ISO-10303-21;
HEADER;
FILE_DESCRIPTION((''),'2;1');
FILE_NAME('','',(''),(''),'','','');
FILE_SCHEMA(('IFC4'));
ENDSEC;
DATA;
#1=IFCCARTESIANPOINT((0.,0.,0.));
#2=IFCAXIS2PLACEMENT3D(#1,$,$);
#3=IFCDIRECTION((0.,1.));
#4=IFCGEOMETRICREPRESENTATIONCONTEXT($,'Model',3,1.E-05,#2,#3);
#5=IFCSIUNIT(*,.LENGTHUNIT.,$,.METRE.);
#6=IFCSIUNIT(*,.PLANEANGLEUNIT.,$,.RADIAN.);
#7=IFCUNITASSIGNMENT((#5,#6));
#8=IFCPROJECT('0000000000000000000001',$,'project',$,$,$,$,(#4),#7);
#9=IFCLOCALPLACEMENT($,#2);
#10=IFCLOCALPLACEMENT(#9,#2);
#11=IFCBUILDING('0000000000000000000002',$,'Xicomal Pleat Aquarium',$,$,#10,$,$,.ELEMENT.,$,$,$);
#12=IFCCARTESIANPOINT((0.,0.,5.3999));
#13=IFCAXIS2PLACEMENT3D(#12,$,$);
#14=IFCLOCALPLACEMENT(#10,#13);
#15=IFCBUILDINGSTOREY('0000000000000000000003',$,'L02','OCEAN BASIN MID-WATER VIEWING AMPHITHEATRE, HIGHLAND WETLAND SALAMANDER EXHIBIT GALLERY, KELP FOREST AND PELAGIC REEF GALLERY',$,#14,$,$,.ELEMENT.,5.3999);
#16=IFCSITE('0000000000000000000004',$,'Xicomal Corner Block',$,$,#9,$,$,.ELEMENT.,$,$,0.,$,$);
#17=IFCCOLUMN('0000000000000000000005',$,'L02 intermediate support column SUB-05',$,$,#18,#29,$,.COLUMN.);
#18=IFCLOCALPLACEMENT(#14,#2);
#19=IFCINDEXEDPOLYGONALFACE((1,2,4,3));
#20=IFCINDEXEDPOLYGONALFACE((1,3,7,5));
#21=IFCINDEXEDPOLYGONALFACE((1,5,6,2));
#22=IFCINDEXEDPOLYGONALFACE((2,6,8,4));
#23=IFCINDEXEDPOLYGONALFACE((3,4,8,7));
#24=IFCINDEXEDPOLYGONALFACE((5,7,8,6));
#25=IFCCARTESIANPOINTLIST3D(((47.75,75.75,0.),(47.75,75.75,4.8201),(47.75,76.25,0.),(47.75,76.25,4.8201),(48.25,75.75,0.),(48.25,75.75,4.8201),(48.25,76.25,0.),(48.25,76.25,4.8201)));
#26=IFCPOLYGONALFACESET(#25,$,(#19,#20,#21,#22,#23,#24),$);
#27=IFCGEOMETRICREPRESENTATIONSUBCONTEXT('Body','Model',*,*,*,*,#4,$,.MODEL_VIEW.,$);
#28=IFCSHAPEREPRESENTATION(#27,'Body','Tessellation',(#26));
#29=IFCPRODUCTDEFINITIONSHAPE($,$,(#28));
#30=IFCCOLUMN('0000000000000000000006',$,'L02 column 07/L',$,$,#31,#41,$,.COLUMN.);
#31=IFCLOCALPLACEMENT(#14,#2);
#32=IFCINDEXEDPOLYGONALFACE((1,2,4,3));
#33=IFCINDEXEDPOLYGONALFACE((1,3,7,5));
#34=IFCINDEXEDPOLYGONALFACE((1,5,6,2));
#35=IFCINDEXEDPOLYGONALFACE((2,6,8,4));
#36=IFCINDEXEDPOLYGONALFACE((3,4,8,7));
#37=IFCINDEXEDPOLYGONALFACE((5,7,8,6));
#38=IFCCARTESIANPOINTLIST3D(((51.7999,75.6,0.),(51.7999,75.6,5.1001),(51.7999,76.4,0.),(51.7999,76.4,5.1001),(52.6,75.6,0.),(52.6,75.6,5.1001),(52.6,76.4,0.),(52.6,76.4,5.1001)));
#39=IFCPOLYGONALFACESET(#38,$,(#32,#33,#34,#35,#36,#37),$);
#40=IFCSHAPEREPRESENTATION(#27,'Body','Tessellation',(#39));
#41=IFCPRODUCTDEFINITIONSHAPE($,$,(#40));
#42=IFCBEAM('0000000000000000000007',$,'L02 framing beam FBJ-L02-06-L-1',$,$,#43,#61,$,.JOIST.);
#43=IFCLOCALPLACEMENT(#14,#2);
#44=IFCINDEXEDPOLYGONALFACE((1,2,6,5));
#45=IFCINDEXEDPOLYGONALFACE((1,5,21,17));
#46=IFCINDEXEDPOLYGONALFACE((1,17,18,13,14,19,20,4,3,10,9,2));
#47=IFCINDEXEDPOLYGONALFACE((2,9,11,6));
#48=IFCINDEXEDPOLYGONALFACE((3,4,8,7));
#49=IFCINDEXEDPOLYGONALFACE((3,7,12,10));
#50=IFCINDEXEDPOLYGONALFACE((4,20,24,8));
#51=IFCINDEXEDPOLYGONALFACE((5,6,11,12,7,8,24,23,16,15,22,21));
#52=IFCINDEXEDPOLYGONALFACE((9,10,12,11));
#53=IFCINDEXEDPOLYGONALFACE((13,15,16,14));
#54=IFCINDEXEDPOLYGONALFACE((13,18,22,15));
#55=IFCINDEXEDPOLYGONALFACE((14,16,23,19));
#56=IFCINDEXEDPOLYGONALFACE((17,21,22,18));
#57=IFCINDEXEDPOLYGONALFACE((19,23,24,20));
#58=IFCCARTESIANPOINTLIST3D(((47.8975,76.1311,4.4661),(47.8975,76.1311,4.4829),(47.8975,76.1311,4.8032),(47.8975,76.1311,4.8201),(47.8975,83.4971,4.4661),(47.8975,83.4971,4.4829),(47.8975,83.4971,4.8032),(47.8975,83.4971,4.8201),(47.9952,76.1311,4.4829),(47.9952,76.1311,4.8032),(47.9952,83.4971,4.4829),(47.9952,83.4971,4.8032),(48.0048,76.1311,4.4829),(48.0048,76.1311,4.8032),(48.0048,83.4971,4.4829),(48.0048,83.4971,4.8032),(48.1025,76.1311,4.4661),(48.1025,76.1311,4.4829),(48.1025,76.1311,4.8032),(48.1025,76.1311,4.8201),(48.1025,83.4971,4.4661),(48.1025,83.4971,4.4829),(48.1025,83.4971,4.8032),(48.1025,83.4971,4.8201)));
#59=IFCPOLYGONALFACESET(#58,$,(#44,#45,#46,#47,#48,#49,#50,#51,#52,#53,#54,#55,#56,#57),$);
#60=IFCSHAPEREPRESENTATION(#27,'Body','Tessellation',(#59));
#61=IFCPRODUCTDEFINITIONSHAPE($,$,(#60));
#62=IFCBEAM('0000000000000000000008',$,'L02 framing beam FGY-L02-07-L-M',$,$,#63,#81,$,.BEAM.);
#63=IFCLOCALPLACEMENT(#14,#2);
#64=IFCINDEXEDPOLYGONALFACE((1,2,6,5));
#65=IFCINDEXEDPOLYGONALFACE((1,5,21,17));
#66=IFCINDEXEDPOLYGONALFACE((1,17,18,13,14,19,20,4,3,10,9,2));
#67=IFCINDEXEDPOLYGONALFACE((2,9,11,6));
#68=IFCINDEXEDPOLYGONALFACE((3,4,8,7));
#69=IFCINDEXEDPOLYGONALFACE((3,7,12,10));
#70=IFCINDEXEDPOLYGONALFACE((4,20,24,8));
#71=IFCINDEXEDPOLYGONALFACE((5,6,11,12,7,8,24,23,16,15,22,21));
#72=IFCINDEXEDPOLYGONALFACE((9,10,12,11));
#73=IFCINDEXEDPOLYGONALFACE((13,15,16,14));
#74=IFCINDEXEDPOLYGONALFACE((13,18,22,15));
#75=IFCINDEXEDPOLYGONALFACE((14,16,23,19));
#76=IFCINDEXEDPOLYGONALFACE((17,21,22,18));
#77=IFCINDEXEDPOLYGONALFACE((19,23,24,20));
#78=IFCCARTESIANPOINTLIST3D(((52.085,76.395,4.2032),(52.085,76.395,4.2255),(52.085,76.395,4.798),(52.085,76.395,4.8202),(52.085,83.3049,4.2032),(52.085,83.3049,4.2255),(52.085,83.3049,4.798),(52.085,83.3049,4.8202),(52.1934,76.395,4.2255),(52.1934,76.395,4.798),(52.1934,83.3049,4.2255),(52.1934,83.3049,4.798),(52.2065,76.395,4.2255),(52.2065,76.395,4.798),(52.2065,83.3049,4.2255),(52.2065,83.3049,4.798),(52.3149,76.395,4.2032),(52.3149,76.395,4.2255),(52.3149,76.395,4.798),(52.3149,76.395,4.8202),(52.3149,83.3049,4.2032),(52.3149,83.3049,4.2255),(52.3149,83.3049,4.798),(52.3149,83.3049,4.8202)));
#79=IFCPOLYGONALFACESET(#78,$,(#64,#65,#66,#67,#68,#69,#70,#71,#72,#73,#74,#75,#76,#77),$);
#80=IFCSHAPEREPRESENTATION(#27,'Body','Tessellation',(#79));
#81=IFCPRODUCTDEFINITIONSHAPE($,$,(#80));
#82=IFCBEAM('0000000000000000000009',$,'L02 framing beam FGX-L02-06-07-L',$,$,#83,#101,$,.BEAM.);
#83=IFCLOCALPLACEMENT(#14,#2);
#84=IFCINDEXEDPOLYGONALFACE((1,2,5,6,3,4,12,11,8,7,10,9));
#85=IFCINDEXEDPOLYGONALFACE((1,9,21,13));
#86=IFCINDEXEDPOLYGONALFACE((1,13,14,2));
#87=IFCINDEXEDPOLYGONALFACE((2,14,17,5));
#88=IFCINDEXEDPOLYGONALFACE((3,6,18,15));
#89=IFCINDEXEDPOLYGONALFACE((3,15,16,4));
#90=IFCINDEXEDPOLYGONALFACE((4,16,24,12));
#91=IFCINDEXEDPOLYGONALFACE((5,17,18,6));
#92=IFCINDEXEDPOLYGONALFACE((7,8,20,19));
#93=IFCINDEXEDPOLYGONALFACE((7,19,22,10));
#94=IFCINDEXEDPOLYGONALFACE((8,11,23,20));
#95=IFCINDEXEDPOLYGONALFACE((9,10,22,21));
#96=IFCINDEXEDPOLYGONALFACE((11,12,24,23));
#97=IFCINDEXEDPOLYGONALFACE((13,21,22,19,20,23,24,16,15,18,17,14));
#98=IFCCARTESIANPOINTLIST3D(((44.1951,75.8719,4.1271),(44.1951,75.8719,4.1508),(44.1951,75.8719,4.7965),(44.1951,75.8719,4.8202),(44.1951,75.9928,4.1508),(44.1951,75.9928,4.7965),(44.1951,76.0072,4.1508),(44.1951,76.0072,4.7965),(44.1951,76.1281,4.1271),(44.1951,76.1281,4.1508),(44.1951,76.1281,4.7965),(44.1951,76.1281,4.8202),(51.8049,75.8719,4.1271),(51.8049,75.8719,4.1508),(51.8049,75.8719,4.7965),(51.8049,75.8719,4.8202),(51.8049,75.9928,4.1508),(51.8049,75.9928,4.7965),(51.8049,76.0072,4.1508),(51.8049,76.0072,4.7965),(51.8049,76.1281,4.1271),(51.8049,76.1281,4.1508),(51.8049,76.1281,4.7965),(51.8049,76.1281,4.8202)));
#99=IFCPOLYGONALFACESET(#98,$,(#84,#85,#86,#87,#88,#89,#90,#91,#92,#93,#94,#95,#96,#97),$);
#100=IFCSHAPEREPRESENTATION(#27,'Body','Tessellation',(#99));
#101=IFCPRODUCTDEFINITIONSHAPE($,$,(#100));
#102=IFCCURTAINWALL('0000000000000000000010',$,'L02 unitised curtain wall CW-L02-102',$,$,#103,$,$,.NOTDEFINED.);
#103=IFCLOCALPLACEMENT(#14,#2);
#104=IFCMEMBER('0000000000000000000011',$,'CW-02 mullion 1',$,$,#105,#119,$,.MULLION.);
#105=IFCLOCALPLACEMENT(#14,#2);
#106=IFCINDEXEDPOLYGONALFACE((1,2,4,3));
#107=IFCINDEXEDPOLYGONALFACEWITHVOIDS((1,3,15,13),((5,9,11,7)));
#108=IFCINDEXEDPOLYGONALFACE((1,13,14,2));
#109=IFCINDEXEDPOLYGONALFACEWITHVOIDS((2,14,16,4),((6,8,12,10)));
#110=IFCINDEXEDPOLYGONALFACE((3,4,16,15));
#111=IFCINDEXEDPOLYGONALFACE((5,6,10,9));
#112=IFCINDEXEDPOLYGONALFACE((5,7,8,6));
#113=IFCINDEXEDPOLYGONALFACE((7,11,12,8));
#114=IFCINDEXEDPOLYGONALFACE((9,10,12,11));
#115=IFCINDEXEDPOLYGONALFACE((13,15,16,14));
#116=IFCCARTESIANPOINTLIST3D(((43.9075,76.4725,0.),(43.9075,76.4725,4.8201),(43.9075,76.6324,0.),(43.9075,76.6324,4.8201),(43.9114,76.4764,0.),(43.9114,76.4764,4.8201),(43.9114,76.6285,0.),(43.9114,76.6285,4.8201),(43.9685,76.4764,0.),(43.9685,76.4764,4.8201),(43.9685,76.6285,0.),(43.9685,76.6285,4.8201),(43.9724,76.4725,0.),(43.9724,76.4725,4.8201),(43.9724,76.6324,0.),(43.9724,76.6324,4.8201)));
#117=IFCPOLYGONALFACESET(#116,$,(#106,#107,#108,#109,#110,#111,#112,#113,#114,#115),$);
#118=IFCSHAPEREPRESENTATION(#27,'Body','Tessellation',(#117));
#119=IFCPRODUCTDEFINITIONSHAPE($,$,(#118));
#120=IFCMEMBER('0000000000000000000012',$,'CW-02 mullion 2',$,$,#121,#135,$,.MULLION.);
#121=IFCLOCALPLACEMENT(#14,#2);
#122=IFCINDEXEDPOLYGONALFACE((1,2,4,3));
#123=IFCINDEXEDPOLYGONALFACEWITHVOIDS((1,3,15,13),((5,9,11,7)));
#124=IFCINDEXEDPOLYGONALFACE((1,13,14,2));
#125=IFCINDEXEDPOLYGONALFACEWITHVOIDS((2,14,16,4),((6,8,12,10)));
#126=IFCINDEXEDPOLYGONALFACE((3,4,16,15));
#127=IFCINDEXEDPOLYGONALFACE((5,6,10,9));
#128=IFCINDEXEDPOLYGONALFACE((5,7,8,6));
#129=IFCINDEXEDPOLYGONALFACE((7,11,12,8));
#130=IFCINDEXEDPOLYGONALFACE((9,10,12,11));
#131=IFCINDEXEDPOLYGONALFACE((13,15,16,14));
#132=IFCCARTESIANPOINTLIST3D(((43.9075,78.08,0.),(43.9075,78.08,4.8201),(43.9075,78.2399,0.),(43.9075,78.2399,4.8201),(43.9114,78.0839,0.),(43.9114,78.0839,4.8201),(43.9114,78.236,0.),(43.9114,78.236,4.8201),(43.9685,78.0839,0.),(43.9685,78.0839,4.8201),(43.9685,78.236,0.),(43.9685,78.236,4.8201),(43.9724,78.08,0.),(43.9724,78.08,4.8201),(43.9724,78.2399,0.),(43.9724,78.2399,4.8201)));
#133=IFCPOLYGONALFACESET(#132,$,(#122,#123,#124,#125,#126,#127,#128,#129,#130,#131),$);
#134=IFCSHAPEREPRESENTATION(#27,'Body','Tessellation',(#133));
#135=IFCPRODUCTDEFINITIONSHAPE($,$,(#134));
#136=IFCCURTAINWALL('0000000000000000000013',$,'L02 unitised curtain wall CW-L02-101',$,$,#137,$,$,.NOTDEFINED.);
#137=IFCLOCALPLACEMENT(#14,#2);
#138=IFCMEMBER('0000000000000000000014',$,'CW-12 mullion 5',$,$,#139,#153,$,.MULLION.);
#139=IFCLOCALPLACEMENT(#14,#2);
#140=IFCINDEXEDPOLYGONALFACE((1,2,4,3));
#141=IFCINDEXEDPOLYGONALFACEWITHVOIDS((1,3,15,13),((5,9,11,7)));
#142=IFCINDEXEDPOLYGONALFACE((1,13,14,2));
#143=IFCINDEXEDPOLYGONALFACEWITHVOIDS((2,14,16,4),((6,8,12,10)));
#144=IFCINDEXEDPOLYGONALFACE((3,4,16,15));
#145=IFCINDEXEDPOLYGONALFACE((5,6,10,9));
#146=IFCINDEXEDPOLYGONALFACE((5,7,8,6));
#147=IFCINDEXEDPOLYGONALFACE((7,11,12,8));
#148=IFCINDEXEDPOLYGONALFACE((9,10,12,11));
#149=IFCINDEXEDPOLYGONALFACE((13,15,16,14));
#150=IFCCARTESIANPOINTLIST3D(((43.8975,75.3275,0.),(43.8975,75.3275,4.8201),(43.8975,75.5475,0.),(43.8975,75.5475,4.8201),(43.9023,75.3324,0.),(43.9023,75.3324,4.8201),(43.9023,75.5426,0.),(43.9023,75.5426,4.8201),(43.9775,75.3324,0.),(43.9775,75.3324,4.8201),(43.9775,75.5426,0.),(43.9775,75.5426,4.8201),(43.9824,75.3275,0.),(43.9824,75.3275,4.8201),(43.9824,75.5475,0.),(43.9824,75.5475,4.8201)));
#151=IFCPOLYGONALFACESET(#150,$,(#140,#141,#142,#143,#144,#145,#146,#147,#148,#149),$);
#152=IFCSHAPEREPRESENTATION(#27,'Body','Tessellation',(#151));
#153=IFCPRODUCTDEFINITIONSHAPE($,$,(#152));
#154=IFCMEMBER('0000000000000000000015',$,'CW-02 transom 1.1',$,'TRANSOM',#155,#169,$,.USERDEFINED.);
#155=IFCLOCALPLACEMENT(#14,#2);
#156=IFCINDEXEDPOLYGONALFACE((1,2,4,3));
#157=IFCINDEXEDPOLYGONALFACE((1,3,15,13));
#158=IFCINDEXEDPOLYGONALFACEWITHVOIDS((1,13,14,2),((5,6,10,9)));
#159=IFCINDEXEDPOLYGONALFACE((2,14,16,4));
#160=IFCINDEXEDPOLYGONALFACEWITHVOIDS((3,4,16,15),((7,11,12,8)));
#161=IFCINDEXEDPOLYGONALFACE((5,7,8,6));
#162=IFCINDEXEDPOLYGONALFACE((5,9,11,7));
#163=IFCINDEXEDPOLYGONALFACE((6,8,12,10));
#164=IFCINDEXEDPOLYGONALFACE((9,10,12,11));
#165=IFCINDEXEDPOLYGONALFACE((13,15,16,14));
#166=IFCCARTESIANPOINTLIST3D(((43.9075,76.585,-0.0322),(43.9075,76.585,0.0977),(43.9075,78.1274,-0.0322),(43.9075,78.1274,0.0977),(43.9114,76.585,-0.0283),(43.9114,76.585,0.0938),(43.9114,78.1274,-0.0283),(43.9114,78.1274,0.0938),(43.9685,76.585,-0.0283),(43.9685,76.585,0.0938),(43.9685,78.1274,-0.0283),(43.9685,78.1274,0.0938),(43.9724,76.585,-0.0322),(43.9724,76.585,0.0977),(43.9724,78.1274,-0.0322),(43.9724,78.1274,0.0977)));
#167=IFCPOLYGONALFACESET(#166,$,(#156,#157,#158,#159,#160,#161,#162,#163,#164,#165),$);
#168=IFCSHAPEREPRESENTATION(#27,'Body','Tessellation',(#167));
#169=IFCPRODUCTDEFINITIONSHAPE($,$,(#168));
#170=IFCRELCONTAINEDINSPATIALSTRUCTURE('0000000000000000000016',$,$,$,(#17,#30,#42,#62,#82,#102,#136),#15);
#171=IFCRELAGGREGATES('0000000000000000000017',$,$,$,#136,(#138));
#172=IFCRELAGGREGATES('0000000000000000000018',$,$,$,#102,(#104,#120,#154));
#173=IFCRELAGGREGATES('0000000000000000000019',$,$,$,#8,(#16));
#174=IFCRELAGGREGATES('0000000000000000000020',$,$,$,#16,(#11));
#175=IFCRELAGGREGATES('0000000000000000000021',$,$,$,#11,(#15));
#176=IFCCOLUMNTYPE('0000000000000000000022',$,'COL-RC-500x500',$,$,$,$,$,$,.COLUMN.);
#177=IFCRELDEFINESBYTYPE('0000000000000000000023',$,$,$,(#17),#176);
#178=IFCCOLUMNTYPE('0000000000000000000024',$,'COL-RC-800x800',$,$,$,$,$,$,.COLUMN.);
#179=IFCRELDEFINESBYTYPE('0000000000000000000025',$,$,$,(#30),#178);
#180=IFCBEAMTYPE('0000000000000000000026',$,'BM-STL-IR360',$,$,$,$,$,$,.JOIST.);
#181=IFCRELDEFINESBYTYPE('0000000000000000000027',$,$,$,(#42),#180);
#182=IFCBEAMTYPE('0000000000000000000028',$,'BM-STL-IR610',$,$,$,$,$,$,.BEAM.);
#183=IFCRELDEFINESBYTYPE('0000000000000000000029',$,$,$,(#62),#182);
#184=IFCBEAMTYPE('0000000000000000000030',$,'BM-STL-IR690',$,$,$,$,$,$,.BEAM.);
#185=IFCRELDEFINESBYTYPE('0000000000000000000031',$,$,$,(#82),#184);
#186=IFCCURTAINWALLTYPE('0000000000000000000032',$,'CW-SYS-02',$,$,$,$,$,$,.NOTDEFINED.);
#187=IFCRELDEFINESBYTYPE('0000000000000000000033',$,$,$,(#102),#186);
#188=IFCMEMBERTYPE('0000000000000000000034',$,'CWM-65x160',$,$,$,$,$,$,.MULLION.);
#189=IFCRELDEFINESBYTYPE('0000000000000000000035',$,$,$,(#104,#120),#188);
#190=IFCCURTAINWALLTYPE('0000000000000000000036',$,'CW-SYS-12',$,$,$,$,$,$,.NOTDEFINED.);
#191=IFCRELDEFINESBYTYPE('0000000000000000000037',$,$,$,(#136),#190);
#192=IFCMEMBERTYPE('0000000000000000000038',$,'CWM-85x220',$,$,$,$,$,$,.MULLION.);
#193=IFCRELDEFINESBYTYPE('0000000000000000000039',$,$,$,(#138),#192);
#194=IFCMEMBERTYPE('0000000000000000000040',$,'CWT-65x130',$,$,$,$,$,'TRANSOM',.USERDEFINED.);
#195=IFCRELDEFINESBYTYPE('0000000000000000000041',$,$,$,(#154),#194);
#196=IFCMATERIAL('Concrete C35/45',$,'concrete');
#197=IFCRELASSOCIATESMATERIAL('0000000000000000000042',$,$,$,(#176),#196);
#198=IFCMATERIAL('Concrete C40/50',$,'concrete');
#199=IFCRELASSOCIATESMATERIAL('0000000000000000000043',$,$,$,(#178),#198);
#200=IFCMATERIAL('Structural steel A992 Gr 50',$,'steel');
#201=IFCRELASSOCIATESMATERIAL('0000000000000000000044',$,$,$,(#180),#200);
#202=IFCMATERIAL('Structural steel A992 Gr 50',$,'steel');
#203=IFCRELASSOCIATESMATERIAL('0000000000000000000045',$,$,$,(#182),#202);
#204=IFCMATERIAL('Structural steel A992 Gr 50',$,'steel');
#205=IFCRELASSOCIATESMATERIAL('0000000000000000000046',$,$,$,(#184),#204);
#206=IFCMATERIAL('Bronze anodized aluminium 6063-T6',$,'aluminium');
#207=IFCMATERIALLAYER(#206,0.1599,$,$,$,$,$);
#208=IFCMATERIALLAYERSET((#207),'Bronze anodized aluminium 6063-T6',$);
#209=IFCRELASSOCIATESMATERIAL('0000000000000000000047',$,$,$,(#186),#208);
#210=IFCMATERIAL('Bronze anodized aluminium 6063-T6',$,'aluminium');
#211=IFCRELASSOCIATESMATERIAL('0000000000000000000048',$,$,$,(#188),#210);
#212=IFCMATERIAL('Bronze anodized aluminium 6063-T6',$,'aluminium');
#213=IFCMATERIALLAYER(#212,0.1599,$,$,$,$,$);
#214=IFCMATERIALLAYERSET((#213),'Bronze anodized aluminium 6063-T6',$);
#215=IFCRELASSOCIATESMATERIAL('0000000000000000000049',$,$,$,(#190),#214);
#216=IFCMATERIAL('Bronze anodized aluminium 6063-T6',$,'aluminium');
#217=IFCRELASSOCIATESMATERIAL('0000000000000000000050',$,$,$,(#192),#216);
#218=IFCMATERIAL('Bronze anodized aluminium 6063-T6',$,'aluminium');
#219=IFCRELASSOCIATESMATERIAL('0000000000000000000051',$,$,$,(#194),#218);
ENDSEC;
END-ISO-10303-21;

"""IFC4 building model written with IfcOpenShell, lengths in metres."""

from ifc_helpers import new_model, si_unit, direction, frame, origin, origin_2d, place, context, subcontext, project, spatial, rectangle, hollow_rectangle, i_section, extrude, material, layer, layer_set, material_profile, profile_set, type_object, element, aggregate, save


model = new_model("IFC4")

# Units and contexts
model_context = context("Model", 3, precision=1e-05, world=origin(), true_north=direction((0.0, 1.0)))
body_context = subcontext(model_context, "Body", "Model", "MODEL_VIEW")
ifc_project = project(units=[si_unit("LENGTHUNIT", "METRE"), si_unit("PLANEANGLEUNIT", "RADIAN")], contexts=[model_context])

# Site, building, storey
site_placement = place(None, origin())
site = spatial("IfcSite", under=ifc_project, at=site_placement, Name="Xicomal Corner Block", CompositionType="ELEMENT", RefElevation=0.0)
building_placement = place(site_placement, origin())
building = spatial("IfcBuilding", under=site, at=building_placement, Name="Xicomal Pleat Aquarium", CompositionType="ELEMENT")
storey_placement = place(building_placement, frame((0.0, 0.0, 5.3999)))
storey = spatial("IfcBuildingStorey", under=building, at=storey_placement, Name="L02", Description="OCEAN BASIN MID-WATER VIEWING AMPHITHEATRE, HIGHLAND WETLAND SALAMANDER EXHIBIT GALLERY, KELP FOREST AND PELAGIC REEF GALLERY", CompositionType="ELEMENT", Elevation=5.3999)

# Columns
ifc_material_1 = material(Name="Concrete C35/45", Category="concrete")
ifc_material_profile_1 = material_profile(ifc_material_1, rectangle(XDim=0.5, YDim=0.5, at=origin_2d()), Name="RC 500x500")
ifc_profile_set_1 = profile_set([ifc_material_profile_1], Name="Concrete C35/45")
column_type_1 = type_object("IfcColumnType", Name="COL-RC-500x500", PredefinedType="COLUMN", material=ifc_profile_set_1)
column_1_placement = place(storey_placement, frame((48.0, 76.0, 0.0), z_axis=(0.0, 0.0, 1.0), x_axis=(1.0, 0.0, 0.0)))
element("IfcColumn", 1, at=column_1_placement, inside=storey, type_object=column_type_1, Name="L02 intermediate support column SUB-05", PredefinedType="COLUMN", context=body_context, shape_type="SweptSolid", body=[
    extrude(rectangle(XDim=0.5, YDim=0.5, at=origin_2d()), origin(), (0.0, 0.0, 1.0), 4.8201),
])
ifc_material_2 = material(Name="Concrete C40/50", Category="concrete")
ifc_material_profile_2 = material_profile(ifc_material_2, rectangle(XDim=0.8, YDim=0.8, at=origin_2d()), Name="RC 800x800")
ifc_profile_set_2 = profile_set([ifc_material_profile_2], Name="Concrete C40/50")
column_type_2 = type_object("IfcColumnType", Name="COL-RC-800x800", PredefinedType="COLUMN", material=ifc_profile_set_2)
column_2_placement = place(storey_placement, frame((52.2, 76.0, 0.0), z_axis=(0.0, 0.0, 1.0), x_axis=(1.0, 0.0, 0.0)))
element("IfcColumn", 2, at=column_2_placement, inside=storey, type_object=column_type_2, Name="L02 column 07/L", PredefinedType="COLUMN", context=body_context, shape_type="SweptSolid", body=[
    extrude(rectangle(XDim=0.8, YDim=0.8, at=origin_2d()), origin(), (0.0, 0.0, 1.0), 5.1001),
])

# Beams
ifc_material_3 = material(Name="Structural steel A992 Gr 50", Category="steel")
ifc_material_profile_3 = material_profile(ifc_material_3, i_section(OverallWidth=0.2051, OverallDepth=0.354, WebThickness=0.0095, FlangeThickness=0.0168, at=origin_2d()), Name="IR 360x79")
ifc_profile_set_3 = profile_set([ifc_material_profile_3], Name="Structural steel A992 Gr 50")
beam_type_1 = type_object("IfcBeamType", Name="BM-STL-IR360", PredefinedType="JOIST", material=ifc_profile_set_3)
beam_1_placement = place(storey_placement, frame((48.0, 76.1311, 4.6431), z_axis=(0.0, 1.0, 0.0), x_axis=(-1.0, 0.0, 0.0)))
element("IfcBeam", 3, at=beam_1_placement, inside=storey, type_object=beam_type_1, Name="L02 framing beam FBJ-L02-06-L-1", PredefinedType="JOIST", context=body_context, shape_type="SweptSolid", body=[
    extrude(i_section(OverallWidth=0.2051, OverallDepth=0.354, WebThickness=0.0095, FlangeThickness=0.0168, at=origin_2d()), origin(), (0.0, 0.0, 1.0), 7.366),
])
ifc_material_4 = material(Name="Structural steel A992 Gr 50", Category="steel")
ifc_material_profile_4 = material_profile(ifc_material_4, i_section(OverallWidth=0.23, OverallDepth=0.6169, WebThickness=0.0132, FlangeThickness=0.0222, at=origin_2d()), Name="IR 610x140")
ifc_profile_set_4 = profile_set([ifc_material_profile_4], Name="Structural steel A992 Gr 50")
beam_type_2 = type_object("IfcBeamType", Name="BM-STL-IR610", PredefinedType="BEAM", material=ifc_profile_set_4)
beam_2_placement = place(storey_placement, frame((52.2, 76.395, 4.5117), z_axis=(0.0, 1.0, 0.0), x_axis=(-1.0, 0.0, 0.0)))
element("IfcBeam", 4, at=beam_2_placement, inside=storey, type_object=beam_type_2, Name="L02 framing beam FGY-L02-07-L-M", PredefinedType="BEAM", context=body_context, shape_type="SweptSolid", body=[
    extrude(i_section(OverallWidth=0.23, OverallDepth=0.6169, WebThickness=0.0132, FlangeThickness=0.0222, at=origin_2d()), origin(), (0.0, 0.0, 1.0), 6.9099),
])
ifc_material_5 = material(Name="Structural steel A992 Gr 50", Category="steel")
ifc_material_profile_5 = material_profile(ifc_material_5, i_section(OverallWidth=0.2561, OverallDepth=0.6931, WebThickness=0.0144, FlangeThickness=0.0237, at=origin_2d()), Name="IR 690x170")
ifc_profile_set_5 = profile_set([ifc_material_profile_5], Name="Structural steel A992 Gr 50")
beam_type_3 = type_object("IfcBeamType", Name="BM-STL-IR690", PredefinedType="BEAM", material=ifc_profile_set_5)
beam_3_placement = place(storey_placement, frame((44.1951, 76.0, 4.4736), z_axis=(1.0, 0.0, 0.0), x_axis=(0.0, 1.0, 0.0)))
element("IfcBeam", 5, at=beam_3_placement, inside=storey, type_object=beam_type_3, Name="L02 framing beam FGX-L02-06-07-L", PredefinedType="BEAM", context=body_context, shape_type="SweptSolid", body=[
    extrude(i_section(OverallWidth=0.2561, OverallDepth=0.6931, WebThickness=0.0144, FlangeThickness=0.0237, at=origin_2d()), origin(), (0.0, 0.0, 1.0), 7.6099),
])

# Curtain wall, members
ifc_material_6 = material(Name="Bronze anodized aluminium 6063-T6", Category="aluminium")
ifc_layer_1 = layer(ifc_material_6, 0.1599)
ifc_layer_set_1 = layer_set([ifc_layer_1], Name="Bronze anodized aluminium 6063-T6")
curtain_wall_type_1 = type_object("IfcCurtainWallType", Name="CW-SYS-02", PredefinedType="NOTDEFINED", material=ifc_layer_set_1)
curtain_wall_1_placement = place(storey_placement, origin())
curtain_wall_1 = element("IfcCurtainWall", 6, at=curtain_wall_1_placement, inside=storey, type_object=curtain_wall_type_1, Name="L02 unitised curtain wall CW-L02-102", PredefinedType="NOTDEFINED")
ifc_material_7 = material(Name="Bronze anodized aluminium 6063-T6", Category="aluminium")
ifc_material_profile_6 = material_profile(ifc_material_7, hollow_rectangle(XDim=0.0649, YDim=0.1599, WallThickness=0.0039, at=origin_2d()), Name="ALU MULL 65x160")
ifc_profile_set_6 = profile_set([ifc_material_profile_6], Name="Bronze anodized aluminium 6063-T6")
member_type_1 = type_object("IfcMemberType", Name="CWM-65x160", PredefinedType="MULLION", material=ifc_profile_set_6)
member_1_placement = place(storey_placement, frame((43.9399, 76.5525, 0.0), z_axis=(0.0, 0.0, 1.0), x_axis=(-1.0, 0.0, 0.0)))
member_1 = element("IfcMember", 7, at=member_1_placement, type_object=member_type_1, Name="CW-02 mullion 1", PredefinedType="MULLION", context=body_context, shape_type="SweptSolid", body=[
    extrude(hollow_rectangle(XDim=0.0649, YDim=0.1599, WallThickness=0.0039, at=origin_2d()), origin(), (0.0, 0.0, 1.0), 4.8201),
])
member_2_placement = place(storey_placement, frame((43.9399, 78.1599, 0.0), z_axis=(0.0, 0.0, 1.0), x_axis=(-1.0, 0.0, 0.0)))
member_2 = element("IfcMember", 8, at=member_2_placement, type_object=member_type_1, Name="CW-02 mullion 2", PredefinedType="MULLION", context=body_context, shape_type="SweptSolid", body=[
    extrude(hollow_rectangle(XDim=0.0649, YDim=0.1599, WallThickness=0.0039, at=origin_2d()), origin(), (0.0, 0.0, 1.0), 4.8201),
])

# Curtain wall, member
ifc_material_8 = material(Name="Bronze anodized aluminium 6063-T6", Category="aluminium")
ifc_layer_2 = layer(ifc_material_8, 0.1599)
ifc_layer_set_2 = layer_set([ifc_layer_2], Name="Bronze anodized aluminium 6063-T6")
curtain_wall_type_2 = type_object("IfcCurtainWallType", Name="CW-SYS-12", PredefinedType="NOTDEFINED", material=ifc_layer_set_2)
curtain_wall_2_placement = place(storey_placement, origin())
curtain_wall_2 = element("IfcCurtainWall", 9, at=curtain_wall_2_placement, inside=storey, type_object=curtain_wall_type_2, Name="L02 unitised curtain wall CW-L02-101", PredefinedType="NOTDEFINED")
ifc_material_9 = material(Name="Bronze anodized aluminium 6063-T6", Category="aluminium")
ifc_material_profile_7 = material_profile(ifc_material_9, hollow_rectangle(XDim=0.085, YDim=0.22, WallThickness=0.0049, at=origin_2d()), Name="ALU MULL 85x220")
ifc_profile_set_7 = profile_set([ifc_material_profile_7], Name="Bronze anodized aluminium 6063-T6")
member_type_2 = type_object("IfcMemberType", Name="CWM-85x220", PredefinedType="MULLION", material=ifc_profile_set_7)
member_3_placement = place(storey_placement, frame((43.9399, 75.4375, 0.0), z_axis=(0.0, 0.0, 1.0), x_axis=(-1.0, 0.0, 0.0)))
member_3 = element("IfcMember", 10, at=member_3_placement, type_object=member_type_2, Name="CW-12 mullion 5", PredefinedType="MULLION", context=body_context, shape_type="SweptSolid", body=[
    extrude(hollow_rectangle(XDim=0.085, YDim=0.22, WallThickness=0.0049, at=origin_2d()), origin(), (0.0, 0.0, 1.0), 4.8201),
])

# Member
ifc_material_10 = material(Name="Bronze anodized aluminium 6063-T6", Category="aluminium")
ifc_material_profile_8 = material_profile(ifc_material_10, hollow_rectangle(XDim=0.0649, YDim=0.1299, WallThickness=0.0039, at=origin_2d()), Name="ALU TRAN 65x130")
ifc_profile_set_8 = profile_set([ifc_material_profile_8], Name="Bronze anodized aluminium 6063-T6")
member_type_3 = type_object("IfcMemberType", Name="CWT-65x130", ElementType="TRANSOM", PredefinedType="USERDEFINED", material=ifc_profile_set_8)
member_4_placement = place(storey_placement, frame((43.9399, 76.585, 0.0327), z_axis=(0.0, 1.0, 0.0), x_axis=(-1.0, 0.0, 0.0)))
member_4 = element("IfcMember", 11, at=member_4_placement, type_object=member_type_3, Name="CW-02 transom 1.1", ObjectType="TRANSOM", PredefinedType="USERDEFINED", context=body_context, shape_type="SweptSolid", body=[
    extrude(hollow_rectangle(XDim=0.0649, YDim=0.1299, WallThickness=0.0039, at=origin_2d()), origin(), (0.0, 0.0, 1.0), 1.5425),
])

aggregate(curtain_wall_2, [member_3])
aggregate(curtain_wall_1, [member_1, member_2, member_4])

save(model, "model.ifc")
